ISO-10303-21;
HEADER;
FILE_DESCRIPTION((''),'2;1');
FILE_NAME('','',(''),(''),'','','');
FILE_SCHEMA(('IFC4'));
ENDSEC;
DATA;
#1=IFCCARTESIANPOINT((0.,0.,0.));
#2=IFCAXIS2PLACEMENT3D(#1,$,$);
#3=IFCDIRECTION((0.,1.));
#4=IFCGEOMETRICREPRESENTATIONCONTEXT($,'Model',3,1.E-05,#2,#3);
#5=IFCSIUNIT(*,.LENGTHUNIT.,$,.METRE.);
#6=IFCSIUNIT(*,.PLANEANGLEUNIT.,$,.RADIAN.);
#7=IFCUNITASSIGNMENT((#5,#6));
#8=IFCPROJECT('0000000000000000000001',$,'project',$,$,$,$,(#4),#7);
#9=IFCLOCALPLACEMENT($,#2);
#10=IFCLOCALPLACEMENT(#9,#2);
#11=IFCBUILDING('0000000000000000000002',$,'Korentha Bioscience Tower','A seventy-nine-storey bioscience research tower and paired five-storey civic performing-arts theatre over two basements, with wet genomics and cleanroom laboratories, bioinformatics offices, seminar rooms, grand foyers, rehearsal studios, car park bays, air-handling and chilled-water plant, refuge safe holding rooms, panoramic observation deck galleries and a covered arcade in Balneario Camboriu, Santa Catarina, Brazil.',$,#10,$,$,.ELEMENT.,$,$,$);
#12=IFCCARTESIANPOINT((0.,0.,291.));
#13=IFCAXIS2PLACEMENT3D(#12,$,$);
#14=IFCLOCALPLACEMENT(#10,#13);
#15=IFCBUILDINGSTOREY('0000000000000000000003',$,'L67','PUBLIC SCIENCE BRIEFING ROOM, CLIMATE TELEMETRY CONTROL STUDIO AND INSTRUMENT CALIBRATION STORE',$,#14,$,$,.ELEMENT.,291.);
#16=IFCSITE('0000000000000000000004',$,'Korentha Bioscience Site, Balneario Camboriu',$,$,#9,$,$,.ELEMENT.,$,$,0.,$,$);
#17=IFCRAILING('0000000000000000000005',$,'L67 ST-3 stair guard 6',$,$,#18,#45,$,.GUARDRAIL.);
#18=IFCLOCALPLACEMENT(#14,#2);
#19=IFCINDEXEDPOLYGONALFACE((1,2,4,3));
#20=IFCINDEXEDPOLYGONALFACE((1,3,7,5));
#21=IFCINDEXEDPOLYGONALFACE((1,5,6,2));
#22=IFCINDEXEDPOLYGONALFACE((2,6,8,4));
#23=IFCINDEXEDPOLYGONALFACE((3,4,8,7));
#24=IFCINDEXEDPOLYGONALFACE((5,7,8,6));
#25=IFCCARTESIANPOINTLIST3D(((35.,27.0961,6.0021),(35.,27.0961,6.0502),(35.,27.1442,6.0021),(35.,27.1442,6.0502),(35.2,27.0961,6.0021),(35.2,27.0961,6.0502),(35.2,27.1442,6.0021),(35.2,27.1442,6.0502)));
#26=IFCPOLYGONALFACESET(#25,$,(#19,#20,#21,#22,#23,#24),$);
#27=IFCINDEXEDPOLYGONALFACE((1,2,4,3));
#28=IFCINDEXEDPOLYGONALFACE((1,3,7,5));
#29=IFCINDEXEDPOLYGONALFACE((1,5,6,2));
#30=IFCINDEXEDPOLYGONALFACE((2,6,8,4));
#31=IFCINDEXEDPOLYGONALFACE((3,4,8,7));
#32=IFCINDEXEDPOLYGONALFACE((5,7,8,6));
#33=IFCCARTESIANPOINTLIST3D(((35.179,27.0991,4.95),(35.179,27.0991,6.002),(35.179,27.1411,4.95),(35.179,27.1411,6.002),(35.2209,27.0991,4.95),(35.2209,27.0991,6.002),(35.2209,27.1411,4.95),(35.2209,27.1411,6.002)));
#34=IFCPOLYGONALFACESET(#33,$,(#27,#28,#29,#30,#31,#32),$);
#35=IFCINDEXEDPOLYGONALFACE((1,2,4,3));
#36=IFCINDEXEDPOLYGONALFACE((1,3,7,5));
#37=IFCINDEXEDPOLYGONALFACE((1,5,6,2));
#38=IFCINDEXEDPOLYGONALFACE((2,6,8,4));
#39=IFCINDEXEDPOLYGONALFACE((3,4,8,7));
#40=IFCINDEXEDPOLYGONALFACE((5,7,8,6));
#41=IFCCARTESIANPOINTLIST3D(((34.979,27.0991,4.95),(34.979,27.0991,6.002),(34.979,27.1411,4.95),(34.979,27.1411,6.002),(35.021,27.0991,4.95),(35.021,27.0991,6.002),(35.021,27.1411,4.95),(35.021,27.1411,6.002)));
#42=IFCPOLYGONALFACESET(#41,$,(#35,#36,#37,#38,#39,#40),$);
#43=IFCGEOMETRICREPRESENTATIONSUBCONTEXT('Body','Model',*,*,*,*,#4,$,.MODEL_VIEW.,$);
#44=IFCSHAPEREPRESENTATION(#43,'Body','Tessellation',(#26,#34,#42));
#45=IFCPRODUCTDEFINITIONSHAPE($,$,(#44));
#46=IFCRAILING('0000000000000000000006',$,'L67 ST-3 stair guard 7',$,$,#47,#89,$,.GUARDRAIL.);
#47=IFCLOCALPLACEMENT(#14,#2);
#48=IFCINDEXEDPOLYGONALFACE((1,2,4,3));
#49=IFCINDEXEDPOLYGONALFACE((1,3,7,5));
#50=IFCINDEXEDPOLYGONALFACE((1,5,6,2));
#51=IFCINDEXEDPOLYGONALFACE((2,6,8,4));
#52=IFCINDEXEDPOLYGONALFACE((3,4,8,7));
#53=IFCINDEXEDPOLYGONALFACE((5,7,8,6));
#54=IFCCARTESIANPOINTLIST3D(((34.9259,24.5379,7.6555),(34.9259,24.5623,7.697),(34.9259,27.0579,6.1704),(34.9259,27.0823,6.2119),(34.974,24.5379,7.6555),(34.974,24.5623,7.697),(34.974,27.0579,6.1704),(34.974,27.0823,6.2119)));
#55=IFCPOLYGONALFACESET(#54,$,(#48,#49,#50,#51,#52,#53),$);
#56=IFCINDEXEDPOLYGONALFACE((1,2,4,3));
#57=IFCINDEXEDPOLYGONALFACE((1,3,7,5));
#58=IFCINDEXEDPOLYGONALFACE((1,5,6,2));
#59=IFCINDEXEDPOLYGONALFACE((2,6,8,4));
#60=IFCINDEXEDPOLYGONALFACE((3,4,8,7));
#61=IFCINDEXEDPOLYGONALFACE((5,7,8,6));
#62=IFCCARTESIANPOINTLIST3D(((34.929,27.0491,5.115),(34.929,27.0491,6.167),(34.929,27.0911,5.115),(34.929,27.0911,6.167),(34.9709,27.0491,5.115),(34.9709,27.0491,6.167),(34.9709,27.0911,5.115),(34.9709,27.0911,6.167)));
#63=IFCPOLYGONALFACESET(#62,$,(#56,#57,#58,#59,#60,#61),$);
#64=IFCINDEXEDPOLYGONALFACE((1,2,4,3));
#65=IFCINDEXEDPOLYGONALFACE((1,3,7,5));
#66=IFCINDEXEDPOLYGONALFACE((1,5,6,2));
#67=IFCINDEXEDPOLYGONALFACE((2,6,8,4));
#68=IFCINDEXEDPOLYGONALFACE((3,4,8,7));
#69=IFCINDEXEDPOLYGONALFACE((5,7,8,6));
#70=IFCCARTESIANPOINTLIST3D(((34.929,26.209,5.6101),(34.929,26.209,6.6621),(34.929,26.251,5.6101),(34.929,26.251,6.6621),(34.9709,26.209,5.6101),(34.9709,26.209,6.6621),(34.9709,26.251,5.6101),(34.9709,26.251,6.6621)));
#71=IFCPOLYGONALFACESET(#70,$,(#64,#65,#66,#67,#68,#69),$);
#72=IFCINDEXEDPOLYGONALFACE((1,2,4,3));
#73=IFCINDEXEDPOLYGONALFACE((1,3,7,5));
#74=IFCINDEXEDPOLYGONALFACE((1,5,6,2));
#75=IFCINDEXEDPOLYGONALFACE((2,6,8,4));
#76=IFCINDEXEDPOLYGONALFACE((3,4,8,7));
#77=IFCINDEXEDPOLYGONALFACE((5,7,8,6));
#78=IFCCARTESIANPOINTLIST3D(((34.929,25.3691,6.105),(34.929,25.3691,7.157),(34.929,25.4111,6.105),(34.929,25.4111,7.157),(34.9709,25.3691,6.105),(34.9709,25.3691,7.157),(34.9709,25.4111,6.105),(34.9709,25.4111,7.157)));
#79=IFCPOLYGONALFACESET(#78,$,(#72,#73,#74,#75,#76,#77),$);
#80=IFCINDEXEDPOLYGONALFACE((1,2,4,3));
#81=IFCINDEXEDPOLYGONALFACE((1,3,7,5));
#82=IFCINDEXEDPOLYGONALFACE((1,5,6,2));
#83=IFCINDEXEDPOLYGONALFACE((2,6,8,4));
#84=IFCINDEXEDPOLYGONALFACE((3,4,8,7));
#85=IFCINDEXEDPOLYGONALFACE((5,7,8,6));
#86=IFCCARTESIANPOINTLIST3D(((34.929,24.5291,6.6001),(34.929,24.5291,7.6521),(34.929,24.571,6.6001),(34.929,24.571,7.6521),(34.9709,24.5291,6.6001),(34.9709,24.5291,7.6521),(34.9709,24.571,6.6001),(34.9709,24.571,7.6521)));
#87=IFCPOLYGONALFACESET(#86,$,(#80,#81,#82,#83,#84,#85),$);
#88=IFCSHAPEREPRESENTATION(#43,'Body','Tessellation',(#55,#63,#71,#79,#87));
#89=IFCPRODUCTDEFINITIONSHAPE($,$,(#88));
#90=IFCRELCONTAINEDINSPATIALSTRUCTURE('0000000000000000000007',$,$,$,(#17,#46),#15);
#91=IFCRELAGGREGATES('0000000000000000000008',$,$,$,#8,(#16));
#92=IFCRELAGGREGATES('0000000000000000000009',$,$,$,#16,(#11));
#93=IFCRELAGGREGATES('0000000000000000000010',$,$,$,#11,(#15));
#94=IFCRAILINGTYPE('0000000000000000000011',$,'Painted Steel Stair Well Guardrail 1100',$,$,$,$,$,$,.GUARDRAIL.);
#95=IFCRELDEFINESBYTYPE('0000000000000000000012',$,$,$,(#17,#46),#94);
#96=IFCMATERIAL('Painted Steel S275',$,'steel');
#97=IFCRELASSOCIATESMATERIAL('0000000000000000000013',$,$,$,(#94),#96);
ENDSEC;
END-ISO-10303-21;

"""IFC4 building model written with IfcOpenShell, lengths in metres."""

from ifc_helpers import new_model, si_unit, direction, frame, origin, origin_2d, place, context, subcontext, project, spatial, rectangle, extrude, material, type_object, element, save


model = new_model("IFC4")

# Units and contexts
model_context = context("Model", 3, precision=1e-05, world=origin(), true_north=direction((0.0, 1.0)))
body_context = subcontext(model_context, "Body", "Model", "MODEL_VIEW")
ifc_project = project(units=[si_unit("LENGTHUNIT", "METRE"), si_unit("PLANEANGLEUNIT", "RADIAN")], contexts=[model_context])

# Site, building, storey
site_placement = place(None, origin())
site = spatial("IfcSite", under=ifc_project, at=site_placement, Name="Korentha Bioscience Site, Balneario Camboriu", CompositionType="ELEMENT", RefElevation=0.0)
building_placement = place(site_placement, origin())
building = spatial("IfcBuilding", under=site, at=building_placement, Name="Korentha Bioscience Tower", Description="A seventy-nine-storey bioscience research tower and paired five-storey civic performing-arts theatre over two basements, with wet genomics and cleanroom laboratories, bioinformatics offices, seminar rooms, grand foyers, rehearsal studios, car park bays, air-handling and chilled-water plant, refuge safe holding rooms, panoramic observation deck galleries and a covered arcade in Balneario Camboriu, Santa Catarina, Brazil.", CompositionType="ELEMENT")
storey_placement = place(building_placement, frame((0.0, 0.0, 291.0)))
storey = spatial("IfcBuildingStorey", under=building, at=storey_placement, Name="L67", Description="PUBLIC SCIENCE BRIEFING ROOM, CLIMATE TELEMETRY CONTROL STUDIO AND INSTRUMENT CALIBRATION STORE", CompositionType="ELEMENT", Elevation=291.0)

# Railings
ifc_material_1 = material(Name="Painted Steel S275", Category="steel")
railing_type_1 = type_object("IfcRailingType", Name="Painted Steel Stair Well Guardrail 1100", PredefinedType="GUARDRAIL", material=ifc_material_1)
railing_1_placement = place(storey_placement, frame((35.2, 27.1201, 4.95)))
element("IfcRailing", 1, at=railing_1_placement, inside=storey, type_object=railing_type_1, Name="L67 ST-3 stair guard 6", PredefinedType="GUARDRAIL", context=body_context, shape_type="SweptSolid", body=[
    extrude(rectangle(XDim=0.0481, YDim=0.0481, at=origin_2d()), frame((0.0, 0.0, 1.0762), z_axis=(-1.0, 0.0, 0.0), x_axis=(0.0, -1.0, 0.0)), (0.0, 0.0, 1.0), 0.2),
    extrude(rectangle(XDim=0.042, YDim=0.042, at=origin_2d()), origin(), (0.0, 0.0, 1.0), 1.052),
    extrude(rectangle(XDim=0.042, YDim=0.042, at=origin_2d()), frame((-0.2, 0.0, 0.0)), (0.0, 0.0, 1.0), 1.052),
])
railing_2_placement = place(storey_placement, frame((34.95, 27.0701, 5.115)))
element("IfcRailing", 2, at=railing_2_placement, inside=storey, type_object=railing_type_1, Name="L67 ST-3 stair guard 7", PredefinedType="GUARDRAIL", context=body_context, shape_type="SweptSolid", body=[
    extrude(rectangle(XDim=0.0481, YDim=0.0481, at=origin_2d()), frame((0.0, 0.0, 1.0762), z_axis=(0.0, -0.861524, 0.507717), x_axis=(1.0, 0.0, 0.0)), (0.0, 0.0, 1.0), 2.925),
    extrude(rectangle(XDim=0.042, YDim=0.042, at=origin_2d()), origin(), (0.0, 0.0, 1.0), 1.052),
    extrude(rectangle(XDim=0.042, YDim=0.042, at=origin_2d()), frame((0.0, -0.8401, 0.4951)), (0.0, 0.0, 1.0), 1.052),
    extrude(rectangle(XDim=0.042, YDim=0.042, at=origin_2d()), frame((0.0, -1.6799, 0.99)), (0.0, 0.0, 1.0), 1.052),
    extrude(rectangle(XDim=0.042, YDim=0.042, at=origin_2d()), frame((0.0, -2.52, 1.4851)), (0.0, 0.0, 1.0), 1.052),
])

save(model, "model.ifc")
